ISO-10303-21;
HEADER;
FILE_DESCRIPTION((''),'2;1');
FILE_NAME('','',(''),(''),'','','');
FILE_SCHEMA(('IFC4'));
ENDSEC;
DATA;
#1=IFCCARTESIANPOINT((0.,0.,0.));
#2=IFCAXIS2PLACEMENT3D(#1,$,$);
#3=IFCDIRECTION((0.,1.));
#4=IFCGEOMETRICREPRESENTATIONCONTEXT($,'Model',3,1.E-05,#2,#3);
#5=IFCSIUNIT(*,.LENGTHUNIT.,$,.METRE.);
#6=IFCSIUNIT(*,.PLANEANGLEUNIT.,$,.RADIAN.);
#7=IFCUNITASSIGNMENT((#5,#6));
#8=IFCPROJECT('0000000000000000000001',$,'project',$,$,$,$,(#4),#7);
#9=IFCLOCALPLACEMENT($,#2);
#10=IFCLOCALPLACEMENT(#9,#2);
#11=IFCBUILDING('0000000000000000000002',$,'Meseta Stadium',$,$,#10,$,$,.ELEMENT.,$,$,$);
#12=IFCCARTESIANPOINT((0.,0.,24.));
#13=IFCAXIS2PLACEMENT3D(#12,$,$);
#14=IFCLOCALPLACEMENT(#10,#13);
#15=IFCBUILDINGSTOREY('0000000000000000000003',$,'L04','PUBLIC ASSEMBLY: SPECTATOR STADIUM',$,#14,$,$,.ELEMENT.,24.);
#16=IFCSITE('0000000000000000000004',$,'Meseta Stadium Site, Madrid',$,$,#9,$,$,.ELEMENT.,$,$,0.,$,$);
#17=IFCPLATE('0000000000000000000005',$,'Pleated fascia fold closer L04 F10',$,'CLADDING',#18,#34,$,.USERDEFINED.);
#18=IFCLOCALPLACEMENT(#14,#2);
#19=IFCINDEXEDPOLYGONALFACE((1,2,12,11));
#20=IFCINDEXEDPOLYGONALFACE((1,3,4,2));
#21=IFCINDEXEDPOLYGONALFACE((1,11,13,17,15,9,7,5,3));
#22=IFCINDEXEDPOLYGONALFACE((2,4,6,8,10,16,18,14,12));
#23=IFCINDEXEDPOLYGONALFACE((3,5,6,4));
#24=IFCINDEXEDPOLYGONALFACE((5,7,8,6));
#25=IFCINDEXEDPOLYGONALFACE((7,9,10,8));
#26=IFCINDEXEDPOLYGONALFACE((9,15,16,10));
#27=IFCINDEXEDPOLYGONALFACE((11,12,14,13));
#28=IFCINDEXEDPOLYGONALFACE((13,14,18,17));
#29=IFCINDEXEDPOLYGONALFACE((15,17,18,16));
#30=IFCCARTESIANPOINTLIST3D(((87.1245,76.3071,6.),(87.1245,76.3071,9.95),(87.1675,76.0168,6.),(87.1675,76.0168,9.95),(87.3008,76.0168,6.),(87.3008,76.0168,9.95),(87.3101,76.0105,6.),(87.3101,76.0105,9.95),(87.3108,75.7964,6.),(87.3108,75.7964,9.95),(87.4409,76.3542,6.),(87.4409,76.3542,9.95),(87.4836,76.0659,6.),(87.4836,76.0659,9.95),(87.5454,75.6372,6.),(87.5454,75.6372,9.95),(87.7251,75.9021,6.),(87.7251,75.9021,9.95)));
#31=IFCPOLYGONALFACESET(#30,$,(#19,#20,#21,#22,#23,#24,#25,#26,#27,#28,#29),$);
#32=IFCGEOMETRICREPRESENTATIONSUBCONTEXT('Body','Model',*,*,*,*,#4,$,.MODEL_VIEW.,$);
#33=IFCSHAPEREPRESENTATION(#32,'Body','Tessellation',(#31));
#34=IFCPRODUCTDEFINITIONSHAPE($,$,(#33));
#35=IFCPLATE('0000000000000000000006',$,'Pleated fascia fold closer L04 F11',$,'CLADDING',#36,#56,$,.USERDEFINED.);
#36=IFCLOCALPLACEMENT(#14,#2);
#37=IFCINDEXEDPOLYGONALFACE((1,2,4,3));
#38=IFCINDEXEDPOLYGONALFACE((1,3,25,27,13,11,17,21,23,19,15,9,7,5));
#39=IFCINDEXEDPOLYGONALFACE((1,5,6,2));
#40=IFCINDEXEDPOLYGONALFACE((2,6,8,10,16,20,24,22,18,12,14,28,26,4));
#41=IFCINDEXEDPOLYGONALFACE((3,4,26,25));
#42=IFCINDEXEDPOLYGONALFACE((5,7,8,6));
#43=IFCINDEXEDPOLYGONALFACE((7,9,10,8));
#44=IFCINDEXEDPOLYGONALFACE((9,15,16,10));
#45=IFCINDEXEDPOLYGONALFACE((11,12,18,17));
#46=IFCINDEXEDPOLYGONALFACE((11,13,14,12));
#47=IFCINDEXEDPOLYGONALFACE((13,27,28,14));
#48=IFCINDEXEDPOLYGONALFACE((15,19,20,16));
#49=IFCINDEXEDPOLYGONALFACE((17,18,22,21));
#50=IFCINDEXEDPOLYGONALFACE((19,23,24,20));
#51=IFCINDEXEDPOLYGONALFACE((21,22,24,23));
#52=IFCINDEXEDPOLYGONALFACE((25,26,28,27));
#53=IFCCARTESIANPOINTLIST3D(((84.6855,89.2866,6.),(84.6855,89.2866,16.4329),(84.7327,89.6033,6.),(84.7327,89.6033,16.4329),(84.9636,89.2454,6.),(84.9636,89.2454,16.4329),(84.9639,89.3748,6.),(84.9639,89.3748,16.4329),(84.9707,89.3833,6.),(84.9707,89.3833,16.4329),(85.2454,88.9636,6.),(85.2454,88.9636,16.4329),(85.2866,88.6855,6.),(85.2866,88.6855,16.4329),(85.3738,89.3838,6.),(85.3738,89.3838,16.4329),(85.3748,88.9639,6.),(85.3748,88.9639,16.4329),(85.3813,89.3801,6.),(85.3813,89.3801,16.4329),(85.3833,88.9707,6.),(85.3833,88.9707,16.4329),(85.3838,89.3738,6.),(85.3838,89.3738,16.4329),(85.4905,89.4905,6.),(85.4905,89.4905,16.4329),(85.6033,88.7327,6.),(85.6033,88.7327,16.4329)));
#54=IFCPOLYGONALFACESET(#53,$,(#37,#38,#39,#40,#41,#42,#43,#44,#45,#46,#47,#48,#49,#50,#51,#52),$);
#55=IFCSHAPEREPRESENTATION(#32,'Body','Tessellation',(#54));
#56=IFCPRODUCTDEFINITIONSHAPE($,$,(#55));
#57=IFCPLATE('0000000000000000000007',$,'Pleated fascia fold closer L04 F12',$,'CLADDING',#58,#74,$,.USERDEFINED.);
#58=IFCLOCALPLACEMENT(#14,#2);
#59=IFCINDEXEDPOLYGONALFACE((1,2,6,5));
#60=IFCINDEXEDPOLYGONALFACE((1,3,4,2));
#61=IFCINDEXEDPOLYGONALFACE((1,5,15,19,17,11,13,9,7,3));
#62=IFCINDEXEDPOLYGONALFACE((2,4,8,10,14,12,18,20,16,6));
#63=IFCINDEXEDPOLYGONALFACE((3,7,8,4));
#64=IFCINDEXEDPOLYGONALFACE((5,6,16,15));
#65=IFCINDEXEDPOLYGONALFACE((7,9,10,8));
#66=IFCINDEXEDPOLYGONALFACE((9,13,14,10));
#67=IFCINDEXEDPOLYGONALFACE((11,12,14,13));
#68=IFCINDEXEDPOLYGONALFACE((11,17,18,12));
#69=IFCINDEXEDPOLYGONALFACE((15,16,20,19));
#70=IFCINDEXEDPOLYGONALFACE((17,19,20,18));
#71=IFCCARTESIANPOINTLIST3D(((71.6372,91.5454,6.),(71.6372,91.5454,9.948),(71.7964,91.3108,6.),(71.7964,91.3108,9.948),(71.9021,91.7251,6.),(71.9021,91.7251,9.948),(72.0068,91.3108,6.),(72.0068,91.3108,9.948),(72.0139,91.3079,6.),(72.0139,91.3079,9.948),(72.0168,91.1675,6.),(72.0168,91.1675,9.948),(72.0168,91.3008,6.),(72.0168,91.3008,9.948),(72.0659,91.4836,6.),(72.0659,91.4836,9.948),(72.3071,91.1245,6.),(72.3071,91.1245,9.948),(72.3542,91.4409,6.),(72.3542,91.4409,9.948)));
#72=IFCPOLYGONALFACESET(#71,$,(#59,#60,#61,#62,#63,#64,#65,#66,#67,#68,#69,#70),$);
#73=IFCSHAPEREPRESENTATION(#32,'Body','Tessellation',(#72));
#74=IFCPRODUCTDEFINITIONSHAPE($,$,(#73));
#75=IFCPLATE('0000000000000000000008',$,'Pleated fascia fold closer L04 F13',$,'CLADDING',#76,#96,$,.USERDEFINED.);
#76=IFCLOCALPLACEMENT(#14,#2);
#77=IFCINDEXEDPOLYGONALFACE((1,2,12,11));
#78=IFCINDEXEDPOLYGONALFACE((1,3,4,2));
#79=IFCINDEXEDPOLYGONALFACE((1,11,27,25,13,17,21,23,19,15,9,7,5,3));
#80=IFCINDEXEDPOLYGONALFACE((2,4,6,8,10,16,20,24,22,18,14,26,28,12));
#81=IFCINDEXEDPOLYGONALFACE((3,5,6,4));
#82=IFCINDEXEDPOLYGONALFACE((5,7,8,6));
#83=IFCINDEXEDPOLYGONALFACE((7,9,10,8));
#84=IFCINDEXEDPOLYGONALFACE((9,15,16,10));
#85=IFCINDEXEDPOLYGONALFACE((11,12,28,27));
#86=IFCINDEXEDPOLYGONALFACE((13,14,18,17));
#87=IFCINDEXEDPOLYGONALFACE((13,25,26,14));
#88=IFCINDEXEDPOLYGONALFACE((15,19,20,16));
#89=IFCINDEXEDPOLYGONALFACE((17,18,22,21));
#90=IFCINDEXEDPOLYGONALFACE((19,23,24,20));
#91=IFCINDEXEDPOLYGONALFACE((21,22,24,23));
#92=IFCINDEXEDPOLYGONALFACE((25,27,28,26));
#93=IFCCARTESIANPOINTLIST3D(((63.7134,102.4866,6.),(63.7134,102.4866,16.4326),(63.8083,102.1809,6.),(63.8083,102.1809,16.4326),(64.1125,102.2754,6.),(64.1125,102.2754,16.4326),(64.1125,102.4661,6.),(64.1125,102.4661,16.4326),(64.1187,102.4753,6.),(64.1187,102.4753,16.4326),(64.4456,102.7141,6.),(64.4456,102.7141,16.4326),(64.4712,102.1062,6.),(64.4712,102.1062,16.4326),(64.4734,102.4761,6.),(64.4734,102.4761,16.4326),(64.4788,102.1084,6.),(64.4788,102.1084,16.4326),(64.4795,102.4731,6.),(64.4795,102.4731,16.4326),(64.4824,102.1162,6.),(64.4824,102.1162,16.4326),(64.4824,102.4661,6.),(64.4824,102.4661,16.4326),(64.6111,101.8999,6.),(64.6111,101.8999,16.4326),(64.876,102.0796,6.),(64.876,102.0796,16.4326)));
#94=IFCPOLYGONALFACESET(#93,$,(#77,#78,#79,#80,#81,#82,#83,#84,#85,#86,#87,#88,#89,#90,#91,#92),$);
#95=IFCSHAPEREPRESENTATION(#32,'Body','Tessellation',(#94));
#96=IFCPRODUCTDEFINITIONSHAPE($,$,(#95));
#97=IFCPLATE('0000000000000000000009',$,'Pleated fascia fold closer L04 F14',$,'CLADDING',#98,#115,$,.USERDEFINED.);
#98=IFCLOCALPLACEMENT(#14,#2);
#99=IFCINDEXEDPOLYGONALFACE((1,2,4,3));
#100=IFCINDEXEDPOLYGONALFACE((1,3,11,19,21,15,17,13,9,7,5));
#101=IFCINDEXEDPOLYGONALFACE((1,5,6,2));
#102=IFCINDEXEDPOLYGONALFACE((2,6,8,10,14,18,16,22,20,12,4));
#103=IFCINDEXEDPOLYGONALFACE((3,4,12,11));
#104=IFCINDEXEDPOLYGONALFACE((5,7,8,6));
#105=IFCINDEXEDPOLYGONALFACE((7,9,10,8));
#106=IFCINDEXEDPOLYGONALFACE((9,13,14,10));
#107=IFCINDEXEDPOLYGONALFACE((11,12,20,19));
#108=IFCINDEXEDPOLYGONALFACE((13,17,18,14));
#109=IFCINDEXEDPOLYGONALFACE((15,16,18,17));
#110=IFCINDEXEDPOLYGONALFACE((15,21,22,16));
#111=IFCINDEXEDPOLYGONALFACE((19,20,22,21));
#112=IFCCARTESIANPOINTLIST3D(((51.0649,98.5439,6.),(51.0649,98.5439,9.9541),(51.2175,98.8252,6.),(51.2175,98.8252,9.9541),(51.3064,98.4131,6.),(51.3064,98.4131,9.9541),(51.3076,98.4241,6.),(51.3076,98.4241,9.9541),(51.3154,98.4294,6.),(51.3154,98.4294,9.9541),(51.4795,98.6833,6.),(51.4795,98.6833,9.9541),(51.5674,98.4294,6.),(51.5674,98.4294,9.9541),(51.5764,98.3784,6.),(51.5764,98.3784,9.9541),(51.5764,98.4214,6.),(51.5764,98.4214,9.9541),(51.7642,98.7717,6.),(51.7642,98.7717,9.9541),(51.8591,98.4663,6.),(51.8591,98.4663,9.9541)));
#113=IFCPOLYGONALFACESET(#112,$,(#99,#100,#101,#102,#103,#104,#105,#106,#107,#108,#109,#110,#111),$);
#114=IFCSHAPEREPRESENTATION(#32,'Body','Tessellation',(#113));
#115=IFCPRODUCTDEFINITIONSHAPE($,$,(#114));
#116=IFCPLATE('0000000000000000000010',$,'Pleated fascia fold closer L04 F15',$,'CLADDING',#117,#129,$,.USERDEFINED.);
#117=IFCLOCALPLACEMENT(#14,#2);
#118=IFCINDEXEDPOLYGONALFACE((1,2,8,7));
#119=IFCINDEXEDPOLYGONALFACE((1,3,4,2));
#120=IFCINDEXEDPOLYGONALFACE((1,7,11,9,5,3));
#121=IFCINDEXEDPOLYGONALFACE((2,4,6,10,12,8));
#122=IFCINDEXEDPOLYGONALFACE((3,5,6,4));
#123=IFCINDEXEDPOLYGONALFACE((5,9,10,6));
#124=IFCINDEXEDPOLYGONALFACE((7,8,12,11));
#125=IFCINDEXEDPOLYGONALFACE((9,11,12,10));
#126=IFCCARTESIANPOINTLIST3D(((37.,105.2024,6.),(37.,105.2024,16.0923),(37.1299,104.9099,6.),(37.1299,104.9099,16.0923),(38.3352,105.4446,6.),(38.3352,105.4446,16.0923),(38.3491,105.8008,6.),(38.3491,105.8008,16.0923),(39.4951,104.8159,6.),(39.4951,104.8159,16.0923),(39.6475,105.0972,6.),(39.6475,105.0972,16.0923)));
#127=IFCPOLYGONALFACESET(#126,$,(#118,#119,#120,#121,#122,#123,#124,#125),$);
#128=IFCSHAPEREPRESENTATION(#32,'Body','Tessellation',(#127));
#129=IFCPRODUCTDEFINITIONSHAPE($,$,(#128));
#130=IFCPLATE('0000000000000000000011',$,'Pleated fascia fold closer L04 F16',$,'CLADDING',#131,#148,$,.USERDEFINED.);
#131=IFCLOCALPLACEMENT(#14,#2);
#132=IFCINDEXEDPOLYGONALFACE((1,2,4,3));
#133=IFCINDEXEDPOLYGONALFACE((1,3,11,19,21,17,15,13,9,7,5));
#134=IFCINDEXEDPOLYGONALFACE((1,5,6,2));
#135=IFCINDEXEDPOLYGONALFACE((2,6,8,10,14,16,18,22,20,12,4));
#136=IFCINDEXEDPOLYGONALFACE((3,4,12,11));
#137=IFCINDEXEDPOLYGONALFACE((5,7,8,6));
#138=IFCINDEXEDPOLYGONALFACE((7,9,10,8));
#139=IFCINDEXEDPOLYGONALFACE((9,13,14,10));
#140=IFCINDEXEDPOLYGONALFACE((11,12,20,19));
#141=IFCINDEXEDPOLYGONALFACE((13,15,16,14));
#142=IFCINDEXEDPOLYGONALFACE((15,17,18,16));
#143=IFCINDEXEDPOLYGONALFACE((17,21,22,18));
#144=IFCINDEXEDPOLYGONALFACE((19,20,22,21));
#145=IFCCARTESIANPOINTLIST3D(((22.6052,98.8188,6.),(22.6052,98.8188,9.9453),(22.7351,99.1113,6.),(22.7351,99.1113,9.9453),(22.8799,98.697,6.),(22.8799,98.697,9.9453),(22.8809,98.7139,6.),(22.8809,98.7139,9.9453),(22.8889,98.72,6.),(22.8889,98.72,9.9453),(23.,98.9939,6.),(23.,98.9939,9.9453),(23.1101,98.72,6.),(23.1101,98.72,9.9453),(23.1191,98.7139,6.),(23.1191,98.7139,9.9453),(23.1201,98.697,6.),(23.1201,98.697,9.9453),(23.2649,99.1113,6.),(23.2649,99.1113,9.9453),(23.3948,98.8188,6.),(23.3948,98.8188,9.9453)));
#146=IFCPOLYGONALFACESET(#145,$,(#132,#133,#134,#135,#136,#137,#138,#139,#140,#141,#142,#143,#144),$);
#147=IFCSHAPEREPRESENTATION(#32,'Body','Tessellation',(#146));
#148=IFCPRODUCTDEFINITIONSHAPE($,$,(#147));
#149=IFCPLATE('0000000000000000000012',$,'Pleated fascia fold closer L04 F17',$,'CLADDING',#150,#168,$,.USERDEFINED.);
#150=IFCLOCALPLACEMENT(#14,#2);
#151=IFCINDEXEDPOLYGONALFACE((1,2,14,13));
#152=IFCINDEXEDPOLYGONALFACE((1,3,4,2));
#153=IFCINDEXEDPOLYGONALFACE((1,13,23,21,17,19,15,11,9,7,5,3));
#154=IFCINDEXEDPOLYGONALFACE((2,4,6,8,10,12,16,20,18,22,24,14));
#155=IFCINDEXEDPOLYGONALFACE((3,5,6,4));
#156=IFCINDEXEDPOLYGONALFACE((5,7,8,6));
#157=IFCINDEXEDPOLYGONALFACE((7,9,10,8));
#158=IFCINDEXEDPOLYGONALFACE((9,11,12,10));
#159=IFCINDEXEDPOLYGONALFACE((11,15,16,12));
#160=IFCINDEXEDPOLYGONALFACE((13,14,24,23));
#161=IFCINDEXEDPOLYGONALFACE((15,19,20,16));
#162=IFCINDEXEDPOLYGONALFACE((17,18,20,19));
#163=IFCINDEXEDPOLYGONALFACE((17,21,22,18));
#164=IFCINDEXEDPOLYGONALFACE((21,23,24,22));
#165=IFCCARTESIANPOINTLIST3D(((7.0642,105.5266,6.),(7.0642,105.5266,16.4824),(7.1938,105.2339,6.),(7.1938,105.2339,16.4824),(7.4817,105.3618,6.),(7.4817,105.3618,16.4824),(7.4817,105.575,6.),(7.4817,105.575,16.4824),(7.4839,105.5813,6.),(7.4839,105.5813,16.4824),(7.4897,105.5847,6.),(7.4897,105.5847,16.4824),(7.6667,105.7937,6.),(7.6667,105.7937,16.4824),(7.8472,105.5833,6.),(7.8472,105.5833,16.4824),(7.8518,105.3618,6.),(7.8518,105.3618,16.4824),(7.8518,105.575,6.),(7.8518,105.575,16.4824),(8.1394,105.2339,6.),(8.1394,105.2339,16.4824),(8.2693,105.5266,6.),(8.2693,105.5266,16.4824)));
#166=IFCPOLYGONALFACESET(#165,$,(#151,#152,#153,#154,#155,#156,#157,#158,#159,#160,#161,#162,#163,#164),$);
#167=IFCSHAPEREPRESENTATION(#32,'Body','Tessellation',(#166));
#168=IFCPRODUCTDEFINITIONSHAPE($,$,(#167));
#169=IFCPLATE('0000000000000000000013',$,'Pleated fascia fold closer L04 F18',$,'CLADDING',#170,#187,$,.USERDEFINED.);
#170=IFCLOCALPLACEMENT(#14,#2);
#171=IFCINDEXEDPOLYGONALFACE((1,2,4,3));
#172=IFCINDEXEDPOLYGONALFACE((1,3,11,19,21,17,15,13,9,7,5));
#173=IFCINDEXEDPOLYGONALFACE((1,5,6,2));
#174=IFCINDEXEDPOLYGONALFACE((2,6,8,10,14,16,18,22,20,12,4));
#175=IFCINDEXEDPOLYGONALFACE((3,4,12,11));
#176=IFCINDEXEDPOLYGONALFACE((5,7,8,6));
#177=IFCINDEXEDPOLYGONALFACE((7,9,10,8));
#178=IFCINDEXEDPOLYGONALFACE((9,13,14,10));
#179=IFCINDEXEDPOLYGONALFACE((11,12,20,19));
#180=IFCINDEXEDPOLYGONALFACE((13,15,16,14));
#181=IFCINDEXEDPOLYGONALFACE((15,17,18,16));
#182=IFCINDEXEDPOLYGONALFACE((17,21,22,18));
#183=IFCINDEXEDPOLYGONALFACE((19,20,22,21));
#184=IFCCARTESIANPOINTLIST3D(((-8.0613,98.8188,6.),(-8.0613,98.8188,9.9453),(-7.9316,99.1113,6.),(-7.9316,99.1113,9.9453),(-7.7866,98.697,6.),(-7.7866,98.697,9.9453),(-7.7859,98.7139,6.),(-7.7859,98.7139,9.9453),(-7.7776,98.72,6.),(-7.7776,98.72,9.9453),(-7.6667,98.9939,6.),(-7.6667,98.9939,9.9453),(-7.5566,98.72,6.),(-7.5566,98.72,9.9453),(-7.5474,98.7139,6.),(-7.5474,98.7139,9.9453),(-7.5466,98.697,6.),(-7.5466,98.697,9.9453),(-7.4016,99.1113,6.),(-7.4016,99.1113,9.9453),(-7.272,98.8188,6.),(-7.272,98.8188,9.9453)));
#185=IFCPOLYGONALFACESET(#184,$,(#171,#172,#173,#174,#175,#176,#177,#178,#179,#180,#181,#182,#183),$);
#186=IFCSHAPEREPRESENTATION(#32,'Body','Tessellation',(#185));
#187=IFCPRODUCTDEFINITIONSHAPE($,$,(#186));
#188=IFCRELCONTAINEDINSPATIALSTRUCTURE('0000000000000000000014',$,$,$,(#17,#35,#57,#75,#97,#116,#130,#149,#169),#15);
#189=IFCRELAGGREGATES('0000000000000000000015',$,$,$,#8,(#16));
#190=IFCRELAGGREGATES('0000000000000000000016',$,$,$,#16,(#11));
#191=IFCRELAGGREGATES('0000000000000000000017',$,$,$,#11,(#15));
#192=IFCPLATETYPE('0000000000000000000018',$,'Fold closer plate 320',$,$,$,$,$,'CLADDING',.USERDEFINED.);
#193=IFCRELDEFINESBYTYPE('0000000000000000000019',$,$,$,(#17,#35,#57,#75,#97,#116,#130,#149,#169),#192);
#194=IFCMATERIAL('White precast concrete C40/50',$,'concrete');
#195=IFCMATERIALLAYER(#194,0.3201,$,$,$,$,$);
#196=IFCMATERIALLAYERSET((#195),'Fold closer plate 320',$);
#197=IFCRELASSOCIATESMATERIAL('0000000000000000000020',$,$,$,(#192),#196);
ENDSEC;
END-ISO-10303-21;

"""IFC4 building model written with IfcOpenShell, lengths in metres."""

from ifc_helpers import new_model, si_unit, direction, frame, origin, place, context, subcontext, project, spatial, polyline, outline, extrude, material, layer, layer_set, type_object, element, save


model = new_model("IFC4")

# Units and contexts
model_context = context("Model", 3, precision=1e-05, world=origin(), true_north=direction((0.0, 1.0)))
body_context = subcontext(model_context, "Body", "Model", "MODEL_VIEW")
ifc_project = project(units=[si_unit("LENGTHUNIT", "METRE"), si_unit("PLANEANGLEUNIT", "RADIAN")], contexts=[model_context])

# Site, building, storey
site_placement = place(None, origin())
site = spatial("IfcSite", under=ifc_project, at=site_placement, Name="Meseta Stadium Site, Madrid", CompositionType="ELEMENT", RefElevation=0.0)
building_placement = place(site_placement, origin())
building = spatial("IfcBuilding", under=site, at=building_placement, Name="Meseta Stadium", CompositionType="ELEMENT")
storey_placement = place(building_placement, frame((0.0, 0.0, 24.0)))
storey = spatial("IfcBuildingStorey", under=building, at=storey_placement, Name="L04", Description="PUBLIC ASSEMBLY: SPECTATOR STADIUM", CompositionType="ELEMENT", Elevation=24.0)

# Plates
ifc_material = material(Name="White precast concrete C40/50", Category="concrete")
ifc_layer = layer(ifc_material, 0.3201)
ifc_layer_set = layer_set([ifc_layer], Name="Fold closer plate 320")
plate_type = type_object("IfcPlateType", Name="Fold closer plate 320", ElementType="CLADDING", PredefinedType="USERDEFINED", material=ifc_layer_set)
plate_1_placement = place(storey_placement, frame((0.0, 0.0, 6.0)))
element("IfcPlate", 1, at=plate_1_placement, inside=storey, type_object=plate_type, Name="Pleated fascia fold closer L04 F10", ObjectType="CLADDING", PredefinedType="USERDEFINED", context=body_context, shape_type="SweptSolid", body=[
    extrude(outline(polyline([(87.3108, 75.7964), (87.5454, 75.6372), (87.7251, 75.9021), (87.4836, 76.0659), (87.4409, 76.3542), (87.1245, 76.3071), (87.1675, 76.0168), (87.3008, 76.0168), (87.3101, 76.0105), (87.3108, 75.7964)])), origin(), (0.0, 0.0, 1.0), 3.95),
])
plate_2_placement = place(storey_placement, frame((0.0, 0.0, 6.0)))
element("IfcPlate", 2, at=plate_2_placement, inside=storey, type_object=plate_type, Name="Pleated fascia fold closer L04 F11", ObjectType="CLADDING", PredefinedType="USERDEFINED", context=body_context, shape_type="SweptSolid", body=[
    extrude(outline(polyline([(85.2454, 88.9636), (85.2866, 88.6855), (85.6033, 88.7327), (85.4905, 89.4905), (84.7327, 89.6033), (84.6855, 89.2866), (84.9636, 89.2454), (84.9639, 89.3748), (84.9707, 89.3833), (85.3738, 89.3838), (85.3813, 89.3801), (85.3838, 89.3738), (85.3833, 88.9707), (85.3748, 88.9639), (85.2454, 88.9636)])), origin(), (0.0, 0.0, 1.0), 10.4329),
])
plate_3_placement = place(storey_placement, frame((0.0, 0.0, 6.0)))
element("IfcPlate", 3, at=plate_3_placement, inside=storey, type_object=plate_type, Name="Pleated fascia fold closer L04 F12", ObjectType="CLADDING", PredefinedType="USERDEFINED", context=body_context, shape_type="SweptSolid", body=[
    extrude(outline(polyline([(71.6372, 91.5454), (71.7964, 91.3108), (72.0068, 91.3108), (72.0139, 91.3079), (72.0168, 91.3008), (72.0168, 91.1675), (72.3071, 91.1245), (72.3542, 91.4409), (72.0659, 91.4836), (71.9021, 91.7251), (71.6372, 91.5454)])), origin(), (0.0, 0.0, 1.0), 3.948),
])
plate_4_placement = place(storey_placement, frame((0.0, 0.0, 6.0)))
element("IfcPlate", 4, at=plate_4_placement, inside=storey, type_object=plate_type, Name="Pleated fascia fold closer L04 F13", ObjectType="CLADDING", PredefinedType="USERDEFINED", context=body_context, shape_type="SweptSolid", body=[
    extrude(outline(polyline([(64.4456, 102.7141), (63.7134, 102.4866), (63.8083, 102.1809), (64.1125, 102.2754), (64.1125, 102.4661), (64.1187, 102.4753), (64.4734, 102.4761), (64.4795, 102.4731), (64.4824, 102.4661), (64.4824, 102.1162), (64.4788, 102.1084), (64.4712, 102.1062), (64.6111, 101.8999), (64.876, 102.0796), (64.4456, 102.7141)])), origin(), (0.0, 0.0, 1.0), 10.4326),
])
plate_5_placement = place(storey_placement, frame((0.0, 0.0, 6.0)))
element("IfcPlate", 5, at=plate_5_placement, inside=storey, type_object=plate_type, Name="Pleated fascia fold closer L04 F14", ObjectType="CLADDING", PredefinedType="USERDEFINED", context=body_context, shape_type="SweptSolid", body=[
    extrude(outline(polyline([(51.0649, 98.5439), (51.3064, 98.4131), (51.3076, 98.4241), (51.3154, 98.4294), (51.5674, 98.4294), (51.5764, 98.4214), (51.5764, 98.3784), (51.8591, 98.4663), (51.7642, 98.7717), (51.4795, 98.6833), (51.2175, 98.8252), (51.0649, 98.5439)])), origin(), (0.0, 0.0, 1.0), 3.9541),
])
plate_6_placement = place(storey_placement, frame((0.0, 0.0, 6.0)))
element("IfcPlate", 6, at=plate_6_placement, inside=storey, type_object=plate_type, Name="Pleated fascia fold closer L04 F15", ObjectType="CLADDING", PredefinedType="USERDEFINED", context=body_context, shape_type="SweptSolid", body=[
    extrude(outline(polyline([(37.0, 105.2024), (37.1299, 104.9099), (38.3352, 105.4446), (39.4951, 104.8159), (39.6475, 105.0972), (38.3491, 105.8008), (37.0, 105.2024)])), origin(), (0.0, 0.0, 1.0), 10.0923),
])
plate_7_placement = place(storey_placement, frame((0.0, 0.0, 6.0)))
element("IfcPlate", 7, at=plate_7_placement, inside=storey, type_object=plate_type, Name="Pleated fascia fold closer L04 F16", ObjectType="CLADDING", PredefinedType="USERDEFINED", context=body_context, shape_type="SweptSolid", body=[
    extrude(outline(polyline([(23.0, 98.9939), (22.7351, 99.1113), (22.6052, 98.8188), (22.8799, 98.697), (22.8809, 98.7139), (22.8889, 98.72), (23.1101, 98.72), (23.1191, 98.7139), (23.1201, 98.697), (23.3948, 98.8188), (23.2649, 99.1113), (23.0, 98.9939)])), origin(), (0.0, 0.0, 1.0), 3.9453),
])
plate_8_placement = place(storey_placement, frame((0.0, 0.0, 6.0)))
element("IfcPlate", 8, at=plate_8_placement, inside=storey, type_object=plate_type, Name="Pleated fascia fold closer L04 F17", ObjectType="CLADDING", PredefinedType="USERDEFINED", context=body_context, shape_type="SweptSolid", body=[
    extrude(outline(polyline([(7.8518, 105.3618), (8.1394, 105.2339), (8.2693, 105.5266), (7.6667, 105.7937), (7.0642, 105.5266), (7.1938, 105.2339), (7.4817, 105.3618), (7.4817, 105.575), (7.4839, 105.5813), (7.4897, 105.5847), (7.8472, 105.5833), (7.8518, 105.575), (7.8518, 105.3618)])), origin(), (0.0, 0.0, 1.0), 10.4824),
])
plate_9_placement = place(storey_placement, frame((0.0, 0.0, 6.0)))
element("IfcPlate", 9, at=plate_9_placement, inside=storey, type_object=plate_type, Name="Pleated fascia fold closer L04 F18", ObjectType="CLADDING", PredefinedType="USERDEFINED", context=body_context, shape_type="SweptSolid", body=[
    extrude(outline(polyline([(-7.5466, 98.697), (-7.272, 98.8188), (-7.4016, 99.1113), (-7.6667, 98.9939), (-7.9316, 99.1113), (-8.0613, 98.8188), (-7.7866, 98.697), (-7.7859, 98.7139), (-7.7776, 98.72), (-7.5566, 98.72), (-7.5474, 98.7139), (-7.5466, 98.697)])), origin(), (0.0, 0.0, 1.0), 3.9453),
])

save(model, "model.ifc")
